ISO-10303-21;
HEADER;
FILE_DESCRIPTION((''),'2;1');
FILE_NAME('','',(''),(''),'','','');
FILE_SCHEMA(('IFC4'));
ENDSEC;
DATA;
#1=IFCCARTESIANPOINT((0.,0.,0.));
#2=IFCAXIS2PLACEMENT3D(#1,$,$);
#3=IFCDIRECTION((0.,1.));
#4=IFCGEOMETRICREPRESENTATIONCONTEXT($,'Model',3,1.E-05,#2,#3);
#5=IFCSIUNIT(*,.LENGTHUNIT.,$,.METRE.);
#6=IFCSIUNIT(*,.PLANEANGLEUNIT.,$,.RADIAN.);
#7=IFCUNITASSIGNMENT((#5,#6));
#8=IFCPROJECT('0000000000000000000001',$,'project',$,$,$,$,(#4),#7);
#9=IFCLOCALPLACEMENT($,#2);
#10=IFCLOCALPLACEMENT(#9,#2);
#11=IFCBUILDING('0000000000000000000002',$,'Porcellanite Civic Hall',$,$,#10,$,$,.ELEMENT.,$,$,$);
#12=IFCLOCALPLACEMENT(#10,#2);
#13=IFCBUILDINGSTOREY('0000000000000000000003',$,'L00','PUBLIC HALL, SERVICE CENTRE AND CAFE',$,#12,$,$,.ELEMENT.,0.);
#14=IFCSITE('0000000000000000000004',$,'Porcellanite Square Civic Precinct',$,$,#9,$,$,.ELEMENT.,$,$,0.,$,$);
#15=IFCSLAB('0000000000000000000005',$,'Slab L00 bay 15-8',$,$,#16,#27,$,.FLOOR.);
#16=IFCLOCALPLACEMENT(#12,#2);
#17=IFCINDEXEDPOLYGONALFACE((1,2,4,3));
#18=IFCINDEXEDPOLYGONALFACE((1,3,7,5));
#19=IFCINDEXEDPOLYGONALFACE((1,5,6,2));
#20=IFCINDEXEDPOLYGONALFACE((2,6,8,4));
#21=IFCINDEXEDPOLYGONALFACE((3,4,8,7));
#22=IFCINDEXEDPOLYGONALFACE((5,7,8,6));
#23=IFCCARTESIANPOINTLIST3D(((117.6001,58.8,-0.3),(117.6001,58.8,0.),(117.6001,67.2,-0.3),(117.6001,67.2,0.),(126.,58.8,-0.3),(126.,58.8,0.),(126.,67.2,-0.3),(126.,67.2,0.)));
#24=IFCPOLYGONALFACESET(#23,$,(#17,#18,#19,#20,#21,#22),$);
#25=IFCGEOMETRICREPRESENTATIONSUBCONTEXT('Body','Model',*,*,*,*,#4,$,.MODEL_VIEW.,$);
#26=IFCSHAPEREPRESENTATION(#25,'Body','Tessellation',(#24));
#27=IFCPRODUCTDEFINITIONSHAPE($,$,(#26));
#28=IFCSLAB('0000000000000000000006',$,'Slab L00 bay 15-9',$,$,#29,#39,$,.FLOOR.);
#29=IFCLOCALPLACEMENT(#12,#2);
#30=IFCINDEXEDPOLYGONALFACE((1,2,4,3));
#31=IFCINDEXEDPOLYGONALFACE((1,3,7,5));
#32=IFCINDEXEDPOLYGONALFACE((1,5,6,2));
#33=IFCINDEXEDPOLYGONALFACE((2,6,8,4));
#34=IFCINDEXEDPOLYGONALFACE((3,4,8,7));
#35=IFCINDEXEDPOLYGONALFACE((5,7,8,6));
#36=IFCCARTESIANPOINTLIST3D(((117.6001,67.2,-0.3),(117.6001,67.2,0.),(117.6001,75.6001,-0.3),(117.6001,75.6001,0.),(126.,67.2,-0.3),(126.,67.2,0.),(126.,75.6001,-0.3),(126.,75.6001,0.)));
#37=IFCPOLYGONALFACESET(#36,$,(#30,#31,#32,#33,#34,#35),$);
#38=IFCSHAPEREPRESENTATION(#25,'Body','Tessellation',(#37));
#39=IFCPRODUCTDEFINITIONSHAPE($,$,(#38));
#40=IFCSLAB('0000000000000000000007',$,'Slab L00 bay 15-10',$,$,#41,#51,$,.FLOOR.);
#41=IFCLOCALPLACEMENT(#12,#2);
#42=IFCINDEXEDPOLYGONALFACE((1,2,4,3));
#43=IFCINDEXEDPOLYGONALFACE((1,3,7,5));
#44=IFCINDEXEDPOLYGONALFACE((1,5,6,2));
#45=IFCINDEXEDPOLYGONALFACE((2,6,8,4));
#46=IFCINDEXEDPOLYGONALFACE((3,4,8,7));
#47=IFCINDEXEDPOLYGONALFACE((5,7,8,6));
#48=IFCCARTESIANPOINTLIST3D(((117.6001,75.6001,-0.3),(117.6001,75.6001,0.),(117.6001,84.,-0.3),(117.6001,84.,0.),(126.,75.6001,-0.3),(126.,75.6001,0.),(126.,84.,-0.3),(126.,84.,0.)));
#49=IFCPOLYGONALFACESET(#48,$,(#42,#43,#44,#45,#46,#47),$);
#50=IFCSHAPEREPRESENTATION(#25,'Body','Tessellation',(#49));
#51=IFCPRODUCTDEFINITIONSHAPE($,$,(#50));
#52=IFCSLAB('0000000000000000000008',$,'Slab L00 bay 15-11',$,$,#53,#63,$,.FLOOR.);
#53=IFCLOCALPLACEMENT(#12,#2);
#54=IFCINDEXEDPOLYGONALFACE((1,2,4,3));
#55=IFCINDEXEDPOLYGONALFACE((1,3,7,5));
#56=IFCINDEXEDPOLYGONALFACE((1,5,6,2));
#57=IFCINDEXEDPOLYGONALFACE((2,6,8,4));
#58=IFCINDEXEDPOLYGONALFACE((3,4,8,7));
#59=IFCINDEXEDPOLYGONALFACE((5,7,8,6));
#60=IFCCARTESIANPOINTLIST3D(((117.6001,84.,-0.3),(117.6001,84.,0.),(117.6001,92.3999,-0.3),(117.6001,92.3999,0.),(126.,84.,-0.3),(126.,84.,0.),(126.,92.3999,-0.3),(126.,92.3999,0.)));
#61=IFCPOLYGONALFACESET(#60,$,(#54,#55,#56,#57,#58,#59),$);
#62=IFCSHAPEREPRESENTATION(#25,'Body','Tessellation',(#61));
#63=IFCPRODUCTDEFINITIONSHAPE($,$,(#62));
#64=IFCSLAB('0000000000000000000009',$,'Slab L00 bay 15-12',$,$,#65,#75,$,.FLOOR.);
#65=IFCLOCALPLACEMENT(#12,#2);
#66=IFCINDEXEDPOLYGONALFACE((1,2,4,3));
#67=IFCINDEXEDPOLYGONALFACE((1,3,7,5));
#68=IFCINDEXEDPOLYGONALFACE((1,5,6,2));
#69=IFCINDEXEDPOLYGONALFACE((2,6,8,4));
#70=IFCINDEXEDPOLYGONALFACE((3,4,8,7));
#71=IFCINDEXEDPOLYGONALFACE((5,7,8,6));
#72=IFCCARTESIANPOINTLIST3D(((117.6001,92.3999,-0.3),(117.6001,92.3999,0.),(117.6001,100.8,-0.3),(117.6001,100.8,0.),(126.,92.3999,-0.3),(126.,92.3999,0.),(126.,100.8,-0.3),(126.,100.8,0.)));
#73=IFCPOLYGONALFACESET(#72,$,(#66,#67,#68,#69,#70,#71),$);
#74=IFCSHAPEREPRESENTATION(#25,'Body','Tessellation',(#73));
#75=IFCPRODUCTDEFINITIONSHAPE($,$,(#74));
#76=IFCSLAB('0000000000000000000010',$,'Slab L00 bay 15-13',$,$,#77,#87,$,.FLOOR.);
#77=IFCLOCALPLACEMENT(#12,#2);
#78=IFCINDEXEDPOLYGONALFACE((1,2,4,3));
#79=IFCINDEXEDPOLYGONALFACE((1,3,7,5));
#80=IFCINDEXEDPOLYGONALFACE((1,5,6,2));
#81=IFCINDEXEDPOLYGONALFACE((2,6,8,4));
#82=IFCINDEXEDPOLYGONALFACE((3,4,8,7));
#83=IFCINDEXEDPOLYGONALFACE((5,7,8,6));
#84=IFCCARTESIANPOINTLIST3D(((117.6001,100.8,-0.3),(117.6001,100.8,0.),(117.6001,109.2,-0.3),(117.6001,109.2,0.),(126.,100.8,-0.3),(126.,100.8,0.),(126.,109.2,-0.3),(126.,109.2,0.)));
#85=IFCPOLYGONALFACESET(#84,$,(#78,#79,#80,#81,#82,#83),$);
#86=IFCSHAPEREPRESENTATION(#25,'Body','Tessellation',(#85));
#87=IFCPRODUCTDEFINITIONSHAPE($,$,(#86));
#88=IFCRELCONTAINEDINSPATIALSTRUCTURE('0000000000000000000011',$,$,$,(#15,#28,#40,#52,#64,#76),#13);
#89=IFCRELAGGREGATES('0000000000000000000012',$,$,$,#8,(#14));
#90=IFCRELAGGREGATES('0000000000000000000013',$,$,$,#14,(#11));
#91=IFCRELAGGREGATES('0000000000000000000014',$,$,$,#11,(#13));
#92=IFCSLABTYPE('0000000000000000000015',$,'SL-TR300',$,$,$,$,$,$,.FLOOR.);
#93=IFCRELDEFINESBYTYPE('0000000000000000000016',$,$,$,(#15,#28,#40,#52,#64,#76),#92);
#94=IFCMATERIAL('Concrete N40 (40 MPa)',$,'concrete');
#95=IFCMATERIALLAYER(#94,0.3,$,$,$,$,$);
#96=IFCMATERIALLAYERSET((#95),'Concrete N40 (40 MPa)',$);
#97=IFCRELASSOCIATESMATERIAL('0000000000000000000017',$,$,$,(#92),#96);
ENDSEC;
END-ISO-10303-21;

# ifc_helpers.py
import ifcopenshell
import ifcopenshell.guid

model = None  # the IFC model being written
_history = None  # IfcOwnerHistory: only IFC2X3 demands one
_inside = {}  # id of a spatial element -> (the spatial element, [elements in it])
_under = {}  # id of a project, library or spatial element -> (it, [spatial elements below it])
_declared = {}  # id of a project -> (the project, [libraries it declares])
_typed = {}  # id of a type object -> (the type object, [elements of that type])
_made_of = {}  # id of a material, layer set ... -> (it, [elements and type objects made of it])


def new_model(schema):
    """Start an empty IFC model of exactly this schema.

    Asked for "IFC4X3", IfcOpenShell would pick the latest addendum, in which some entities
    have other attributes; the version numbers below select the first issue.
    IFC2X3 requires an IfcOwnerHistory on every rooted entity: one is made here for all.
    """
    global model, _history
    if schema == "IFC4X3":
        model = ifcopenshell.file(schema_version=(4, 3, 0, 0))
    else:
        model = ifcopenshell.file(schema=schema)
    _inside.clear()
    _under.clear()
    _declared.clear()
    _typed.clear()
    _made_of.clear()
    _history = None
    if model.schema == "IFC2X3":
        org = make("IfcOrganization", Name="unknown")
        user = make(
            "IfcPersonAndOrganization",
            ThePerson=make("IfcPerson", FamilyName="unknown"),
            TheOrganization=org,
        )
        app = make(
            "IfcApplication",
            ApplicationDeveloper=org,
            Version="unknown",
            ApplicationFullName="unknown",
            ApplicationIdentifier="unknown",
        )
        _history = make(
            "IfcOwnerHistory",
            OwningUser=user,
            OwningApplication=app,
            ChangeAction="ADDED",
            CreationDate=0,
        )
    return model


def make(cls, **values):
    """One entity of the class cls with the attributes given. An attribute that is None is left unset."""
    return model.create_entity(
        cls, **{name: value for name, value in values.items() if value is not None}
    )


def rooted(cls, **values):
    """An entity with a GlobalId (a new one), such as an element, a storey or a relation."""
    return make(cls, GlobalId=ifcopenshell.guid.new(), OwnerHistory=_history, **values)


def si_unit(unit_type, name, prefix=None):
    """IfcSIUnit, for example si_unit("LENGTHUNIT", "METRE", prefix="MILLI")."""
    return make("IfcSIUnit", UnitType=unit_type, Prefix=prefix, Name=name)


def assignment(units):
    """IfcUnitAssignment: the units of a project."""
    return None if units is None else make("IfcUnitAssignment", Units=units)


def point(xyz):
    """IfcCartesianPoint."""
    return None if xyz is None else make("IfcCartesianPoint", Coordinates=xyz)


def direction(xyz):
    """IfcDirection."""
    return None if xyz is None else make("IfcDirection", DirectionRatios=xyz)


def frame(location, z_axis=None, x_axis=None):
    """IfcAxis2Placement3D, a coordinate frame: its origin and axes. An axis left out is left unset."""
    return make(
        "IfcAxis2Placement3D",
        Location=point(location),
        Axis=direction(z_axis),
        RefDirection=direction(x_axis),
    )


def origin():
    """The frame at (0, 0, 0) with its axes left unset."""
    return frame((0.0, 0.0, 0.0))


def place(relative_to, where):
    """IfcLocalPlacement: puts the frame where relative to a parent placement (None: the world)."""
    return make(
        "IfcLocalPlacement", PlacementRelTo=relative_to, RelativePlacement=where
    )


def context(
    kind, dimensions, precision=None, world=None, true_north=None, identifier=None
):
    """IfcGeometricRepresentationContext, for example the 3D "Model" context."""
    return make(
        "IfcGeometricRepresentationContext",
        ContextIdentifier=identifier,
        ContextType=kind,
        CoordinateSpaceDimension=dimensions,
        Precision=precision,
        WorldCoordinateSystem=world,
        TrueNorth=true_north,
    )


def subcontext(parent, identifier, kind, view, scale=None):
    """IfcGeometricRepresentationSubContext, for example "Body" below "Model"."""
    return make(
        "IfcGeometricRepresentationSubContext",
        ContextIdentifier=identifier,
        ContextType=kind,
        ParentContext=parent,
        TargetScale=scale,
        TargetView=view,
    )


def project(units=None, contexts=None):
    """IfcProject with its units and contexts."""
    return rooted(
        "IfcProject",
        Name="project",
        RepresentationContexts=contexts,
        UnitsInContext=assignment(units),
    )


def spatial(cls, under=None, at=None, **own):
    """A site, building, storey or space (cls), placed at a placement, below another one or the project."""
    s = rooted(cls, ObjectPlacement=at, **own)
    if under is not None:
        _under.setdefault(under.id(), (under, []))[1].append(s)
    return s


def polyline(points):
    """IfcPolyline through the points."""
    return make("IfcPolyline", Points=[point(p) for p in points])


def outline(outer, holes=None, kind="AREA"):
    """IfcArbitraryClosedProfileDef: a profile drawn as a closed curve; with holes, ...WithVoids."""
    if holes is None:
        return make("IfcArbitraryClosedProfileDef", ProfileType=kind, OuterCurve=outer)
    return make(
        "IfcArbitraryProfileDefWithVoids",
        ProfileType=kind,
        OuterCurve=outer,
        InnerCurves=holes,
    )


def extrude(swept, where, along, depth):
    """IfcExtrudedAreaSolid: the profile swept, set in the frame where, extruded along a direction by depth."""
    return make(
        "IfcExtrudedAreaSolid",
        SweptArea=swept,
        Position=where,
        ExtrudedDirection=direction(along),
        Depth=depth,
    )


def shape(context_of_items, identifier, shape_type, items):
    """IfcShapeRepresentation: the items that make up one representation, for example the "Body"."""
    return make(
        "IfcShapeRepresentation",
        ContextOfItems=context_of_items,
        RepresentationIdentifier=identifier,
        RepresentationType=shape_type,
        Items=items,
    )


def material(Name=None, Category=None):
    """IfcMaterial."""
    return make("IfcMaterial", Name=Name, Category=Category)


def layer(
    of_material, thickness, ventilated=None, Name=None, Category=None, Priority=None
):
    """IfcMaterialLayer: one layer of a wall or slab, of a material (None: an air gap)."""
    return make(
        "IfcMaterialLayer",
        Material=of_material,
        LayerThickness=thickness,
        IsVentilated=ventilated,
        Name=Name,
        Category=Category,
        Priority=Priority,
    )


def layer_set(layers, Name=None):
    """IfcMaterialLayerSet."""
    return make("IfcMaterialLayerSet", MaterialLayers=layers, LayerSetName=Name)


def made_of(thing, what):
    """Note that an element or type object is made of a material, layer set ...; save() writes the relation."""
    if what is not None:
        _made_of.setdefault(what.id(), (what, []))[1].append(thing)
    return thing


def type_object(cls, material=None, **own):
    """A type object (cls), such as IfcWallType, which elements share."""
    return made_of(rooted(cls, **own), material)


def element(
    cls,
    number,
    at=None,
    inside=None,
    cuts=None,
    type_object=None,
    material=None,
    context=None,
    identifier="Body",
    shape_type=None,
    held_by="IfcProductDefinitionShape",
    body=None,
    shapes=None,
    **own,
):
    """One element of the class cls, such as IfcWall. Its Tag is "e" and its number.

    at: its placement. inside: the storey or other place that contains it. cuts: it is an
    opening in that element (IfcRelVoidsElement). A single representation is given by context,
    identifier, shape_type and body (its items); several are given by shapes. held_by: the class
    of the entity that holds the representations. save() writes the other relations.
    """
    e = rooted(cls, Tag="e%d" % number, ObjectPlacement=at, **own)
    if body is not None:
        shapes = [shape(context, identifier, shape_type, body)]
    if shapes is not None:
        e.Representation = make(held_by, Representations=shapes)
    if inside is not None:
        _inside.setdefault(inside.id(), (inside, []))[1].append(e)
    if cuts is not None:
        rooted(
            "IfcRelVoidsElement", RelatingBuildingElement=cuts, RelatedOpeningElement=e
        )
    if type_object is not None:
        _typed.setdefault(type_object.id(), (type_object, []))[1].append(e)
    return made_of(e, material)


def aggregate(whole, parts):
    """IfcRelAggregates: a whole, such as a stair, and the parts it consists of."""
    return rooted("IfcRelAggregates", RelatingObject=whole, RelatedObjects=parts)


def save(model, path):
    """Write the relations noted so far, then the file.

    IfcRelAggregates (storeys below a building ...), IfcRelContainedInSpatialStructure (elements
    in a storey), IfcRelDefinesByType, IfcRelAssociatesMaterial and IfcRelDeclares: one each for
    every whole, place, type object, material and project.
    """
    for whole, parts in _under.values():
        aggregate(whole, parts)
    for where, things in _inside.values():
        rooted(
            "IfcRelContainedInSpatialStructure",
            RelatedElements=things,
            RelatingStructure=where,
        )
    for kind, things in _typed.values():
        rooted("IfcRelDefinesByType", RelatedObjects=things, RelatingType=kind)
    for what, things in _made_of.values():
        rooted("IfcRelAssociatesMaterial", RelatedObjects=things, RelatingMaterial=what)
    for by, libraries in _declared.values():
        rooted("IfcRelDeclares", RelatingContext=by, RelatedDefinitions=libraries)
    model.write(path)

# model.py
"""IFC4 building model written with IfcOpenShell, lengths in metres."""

from ifc_helpers import new_model, si_unit, direction, frame, origin, place, context, subcontext, project, spatial, polyline, outline, extrude, material, layer, layer_set, type_object, element, save


model = new_model("IFC4")

# Units and contexts
model_context = context("Model", 3, precision=1e-05, world=origin(), true_north=direction((0.0, 1.0)))
body_context = subcontext(model_context, "Body", "Model", "MODEL_VIEW")
ifc_project = project(units=[si_unit("LENGTHUNIT", "METRE"), si_unit("PLANEANGLEUNIT", "RADIAN")], contexts=[model_context])

# Site, building, storey
site_placement = place(None, origin())
site = spatial("IfcSite", under=ifc_project, at=site_placement, Name="Porcellanite Square Civic Precinct", CompositionType="ELEMENT", RefElevation=0.0)
building_placement = place(site_placement, origin())
building = spatial("IfcBuilding", under=site, at=building_placement, Name="Porcellanite Civic Hall", CompositionType="ELEMENT")
storey_placement = place(building_placement, origin())
storey = spatial("IfcBuildingStorey", under=building, at=storey_placement, Name="L00", Description="PUBLIC HALL, SERVICE CENTRE AND CAFE", CompositionType="ELEMENT", Elevation=0.0)

# Slabs
ifc_material = material(Name="Concrete N40 (40 MPa)", Category="concrete")
ifc_layer = layer(ifc_material, 0.3)
ifc_layer_set = layer_set([ifc_layer], Name="Concrete N40 (40 MPa)")
slab_type = type_object("IfcSlabType", Name="SL-TR300", PredefinedType="FLOOR", material=ifc_layer_set)
slab_1_placement = place(storey_placement, frame((0.0, 0.0, -0.3)))
element("IfcSlab", 1, at=slab_1_placement, inside=storey, type_object=slab_type, Name="Slab L00 bay 15-8", PredefinedType="FLOOR", context=body_context, shape_type="SweptSolid", body=[
    extrude(outline(polyline([(117.6001, 58.8), (126.0, 58.8), (126.0, 67.2), (117.6001, 67.2), (117.6001, 58.8)])), origin(), (0.0, 0.0, 1.0), 0.3),
])
slab_2_placement = place(storey_placement, frame((0.0, 0.0, -0.3)))
element("IfcSlab", 2, at=slab_2_placement, inside=storey, type_object=slab_type, Name="Slab L00 bay 15-9", PredefinedType="FLOOR", context=body_context, shape_type="SweptSolid", body=[
    extrude(outline(polyline([(117.6001, 67.2), (126.0, 67.2), (126.0, 75.6001), (117.6001, 75.6001), (117.6001, 67.2)])), origin(), (0.0, 0.0, 1.0), 0.3),
])
slab_3_placement = place(storey_placement, frame((0.0, 0.0, -0.3)))
element("IfcSlab", 3, at=slab_3_placement, inside=storey, type_object=slab_type, Name="Slab L00 bay 15-10", PredefinedType="FLOOR", context=body_context, shape_type="SweptSolid", body=[
    extrude(outline(polyline([(117.6001, 75.6001), (126.0, 75.6001), (126.0, 84.0), (117.6001, 84.0), (117.6001, 75.6001)])), origin(), (0.0, 0.0, 1.0), 0.3),
])
slab_4_placement = place(storey_placement, frame((0.0, 0.0, -0.3)))
element("IfcSlab", 4, at=slab_4_placement, inside=storey, type_object=slab_type, Name="Slab L00 bay 15-11", PredefinedType="FLOOR", context=body_context, shape_type="SweptSolid", body=[
    extrude(outline(polyline([(117.6001, 84.0), (126.0, 84.0), (126.0, 92.3999), (117.6001, 92.3999), (117.6001, 84.0)])), origin(), (0.0, 0.0, 1.0), 0.3),
])
slab_5_placement = place(storey_placement, frame((0.0, 0.0, -0.3)))
element("IfcSlab", 5, at=slab_5_placement, inside=storey, type_object=slab_type, Name="Slab L00 bay 15-12", PredefinedType="FLOOR", context=body_context, shape_type="SweptSolid", body=[
    extrude(outline(polyline([(117.6001, 92.3999), (126.0, 92.3999), (126.0, 100.8), (117.6001, 100.8), (117.6001, 92.3999)])), origin(), (0.0, 0.0, 1.0), 0.3),
])
slab_6_placement = place(storey_placement, frame((0.0, 0.0, -0.3)))
element("IfcSlab", 6, at=slab_6_placement, inside=storey, type_object=slab_type, Name="Slab L00 bay 15-13", PredefinedType="FLOOR", context=body_context, shape_type="SweptSolid", body=[
    extrude(outline(polyline([(117.6001, 100.8), (126.0, 100.8), (126.0, 109.2), (117.6001, 109.2), (117.6001, 100.8)])), origin(), (0.0, 0.0, 1.0), 0.3),
])

save(model, "model.ifc")
